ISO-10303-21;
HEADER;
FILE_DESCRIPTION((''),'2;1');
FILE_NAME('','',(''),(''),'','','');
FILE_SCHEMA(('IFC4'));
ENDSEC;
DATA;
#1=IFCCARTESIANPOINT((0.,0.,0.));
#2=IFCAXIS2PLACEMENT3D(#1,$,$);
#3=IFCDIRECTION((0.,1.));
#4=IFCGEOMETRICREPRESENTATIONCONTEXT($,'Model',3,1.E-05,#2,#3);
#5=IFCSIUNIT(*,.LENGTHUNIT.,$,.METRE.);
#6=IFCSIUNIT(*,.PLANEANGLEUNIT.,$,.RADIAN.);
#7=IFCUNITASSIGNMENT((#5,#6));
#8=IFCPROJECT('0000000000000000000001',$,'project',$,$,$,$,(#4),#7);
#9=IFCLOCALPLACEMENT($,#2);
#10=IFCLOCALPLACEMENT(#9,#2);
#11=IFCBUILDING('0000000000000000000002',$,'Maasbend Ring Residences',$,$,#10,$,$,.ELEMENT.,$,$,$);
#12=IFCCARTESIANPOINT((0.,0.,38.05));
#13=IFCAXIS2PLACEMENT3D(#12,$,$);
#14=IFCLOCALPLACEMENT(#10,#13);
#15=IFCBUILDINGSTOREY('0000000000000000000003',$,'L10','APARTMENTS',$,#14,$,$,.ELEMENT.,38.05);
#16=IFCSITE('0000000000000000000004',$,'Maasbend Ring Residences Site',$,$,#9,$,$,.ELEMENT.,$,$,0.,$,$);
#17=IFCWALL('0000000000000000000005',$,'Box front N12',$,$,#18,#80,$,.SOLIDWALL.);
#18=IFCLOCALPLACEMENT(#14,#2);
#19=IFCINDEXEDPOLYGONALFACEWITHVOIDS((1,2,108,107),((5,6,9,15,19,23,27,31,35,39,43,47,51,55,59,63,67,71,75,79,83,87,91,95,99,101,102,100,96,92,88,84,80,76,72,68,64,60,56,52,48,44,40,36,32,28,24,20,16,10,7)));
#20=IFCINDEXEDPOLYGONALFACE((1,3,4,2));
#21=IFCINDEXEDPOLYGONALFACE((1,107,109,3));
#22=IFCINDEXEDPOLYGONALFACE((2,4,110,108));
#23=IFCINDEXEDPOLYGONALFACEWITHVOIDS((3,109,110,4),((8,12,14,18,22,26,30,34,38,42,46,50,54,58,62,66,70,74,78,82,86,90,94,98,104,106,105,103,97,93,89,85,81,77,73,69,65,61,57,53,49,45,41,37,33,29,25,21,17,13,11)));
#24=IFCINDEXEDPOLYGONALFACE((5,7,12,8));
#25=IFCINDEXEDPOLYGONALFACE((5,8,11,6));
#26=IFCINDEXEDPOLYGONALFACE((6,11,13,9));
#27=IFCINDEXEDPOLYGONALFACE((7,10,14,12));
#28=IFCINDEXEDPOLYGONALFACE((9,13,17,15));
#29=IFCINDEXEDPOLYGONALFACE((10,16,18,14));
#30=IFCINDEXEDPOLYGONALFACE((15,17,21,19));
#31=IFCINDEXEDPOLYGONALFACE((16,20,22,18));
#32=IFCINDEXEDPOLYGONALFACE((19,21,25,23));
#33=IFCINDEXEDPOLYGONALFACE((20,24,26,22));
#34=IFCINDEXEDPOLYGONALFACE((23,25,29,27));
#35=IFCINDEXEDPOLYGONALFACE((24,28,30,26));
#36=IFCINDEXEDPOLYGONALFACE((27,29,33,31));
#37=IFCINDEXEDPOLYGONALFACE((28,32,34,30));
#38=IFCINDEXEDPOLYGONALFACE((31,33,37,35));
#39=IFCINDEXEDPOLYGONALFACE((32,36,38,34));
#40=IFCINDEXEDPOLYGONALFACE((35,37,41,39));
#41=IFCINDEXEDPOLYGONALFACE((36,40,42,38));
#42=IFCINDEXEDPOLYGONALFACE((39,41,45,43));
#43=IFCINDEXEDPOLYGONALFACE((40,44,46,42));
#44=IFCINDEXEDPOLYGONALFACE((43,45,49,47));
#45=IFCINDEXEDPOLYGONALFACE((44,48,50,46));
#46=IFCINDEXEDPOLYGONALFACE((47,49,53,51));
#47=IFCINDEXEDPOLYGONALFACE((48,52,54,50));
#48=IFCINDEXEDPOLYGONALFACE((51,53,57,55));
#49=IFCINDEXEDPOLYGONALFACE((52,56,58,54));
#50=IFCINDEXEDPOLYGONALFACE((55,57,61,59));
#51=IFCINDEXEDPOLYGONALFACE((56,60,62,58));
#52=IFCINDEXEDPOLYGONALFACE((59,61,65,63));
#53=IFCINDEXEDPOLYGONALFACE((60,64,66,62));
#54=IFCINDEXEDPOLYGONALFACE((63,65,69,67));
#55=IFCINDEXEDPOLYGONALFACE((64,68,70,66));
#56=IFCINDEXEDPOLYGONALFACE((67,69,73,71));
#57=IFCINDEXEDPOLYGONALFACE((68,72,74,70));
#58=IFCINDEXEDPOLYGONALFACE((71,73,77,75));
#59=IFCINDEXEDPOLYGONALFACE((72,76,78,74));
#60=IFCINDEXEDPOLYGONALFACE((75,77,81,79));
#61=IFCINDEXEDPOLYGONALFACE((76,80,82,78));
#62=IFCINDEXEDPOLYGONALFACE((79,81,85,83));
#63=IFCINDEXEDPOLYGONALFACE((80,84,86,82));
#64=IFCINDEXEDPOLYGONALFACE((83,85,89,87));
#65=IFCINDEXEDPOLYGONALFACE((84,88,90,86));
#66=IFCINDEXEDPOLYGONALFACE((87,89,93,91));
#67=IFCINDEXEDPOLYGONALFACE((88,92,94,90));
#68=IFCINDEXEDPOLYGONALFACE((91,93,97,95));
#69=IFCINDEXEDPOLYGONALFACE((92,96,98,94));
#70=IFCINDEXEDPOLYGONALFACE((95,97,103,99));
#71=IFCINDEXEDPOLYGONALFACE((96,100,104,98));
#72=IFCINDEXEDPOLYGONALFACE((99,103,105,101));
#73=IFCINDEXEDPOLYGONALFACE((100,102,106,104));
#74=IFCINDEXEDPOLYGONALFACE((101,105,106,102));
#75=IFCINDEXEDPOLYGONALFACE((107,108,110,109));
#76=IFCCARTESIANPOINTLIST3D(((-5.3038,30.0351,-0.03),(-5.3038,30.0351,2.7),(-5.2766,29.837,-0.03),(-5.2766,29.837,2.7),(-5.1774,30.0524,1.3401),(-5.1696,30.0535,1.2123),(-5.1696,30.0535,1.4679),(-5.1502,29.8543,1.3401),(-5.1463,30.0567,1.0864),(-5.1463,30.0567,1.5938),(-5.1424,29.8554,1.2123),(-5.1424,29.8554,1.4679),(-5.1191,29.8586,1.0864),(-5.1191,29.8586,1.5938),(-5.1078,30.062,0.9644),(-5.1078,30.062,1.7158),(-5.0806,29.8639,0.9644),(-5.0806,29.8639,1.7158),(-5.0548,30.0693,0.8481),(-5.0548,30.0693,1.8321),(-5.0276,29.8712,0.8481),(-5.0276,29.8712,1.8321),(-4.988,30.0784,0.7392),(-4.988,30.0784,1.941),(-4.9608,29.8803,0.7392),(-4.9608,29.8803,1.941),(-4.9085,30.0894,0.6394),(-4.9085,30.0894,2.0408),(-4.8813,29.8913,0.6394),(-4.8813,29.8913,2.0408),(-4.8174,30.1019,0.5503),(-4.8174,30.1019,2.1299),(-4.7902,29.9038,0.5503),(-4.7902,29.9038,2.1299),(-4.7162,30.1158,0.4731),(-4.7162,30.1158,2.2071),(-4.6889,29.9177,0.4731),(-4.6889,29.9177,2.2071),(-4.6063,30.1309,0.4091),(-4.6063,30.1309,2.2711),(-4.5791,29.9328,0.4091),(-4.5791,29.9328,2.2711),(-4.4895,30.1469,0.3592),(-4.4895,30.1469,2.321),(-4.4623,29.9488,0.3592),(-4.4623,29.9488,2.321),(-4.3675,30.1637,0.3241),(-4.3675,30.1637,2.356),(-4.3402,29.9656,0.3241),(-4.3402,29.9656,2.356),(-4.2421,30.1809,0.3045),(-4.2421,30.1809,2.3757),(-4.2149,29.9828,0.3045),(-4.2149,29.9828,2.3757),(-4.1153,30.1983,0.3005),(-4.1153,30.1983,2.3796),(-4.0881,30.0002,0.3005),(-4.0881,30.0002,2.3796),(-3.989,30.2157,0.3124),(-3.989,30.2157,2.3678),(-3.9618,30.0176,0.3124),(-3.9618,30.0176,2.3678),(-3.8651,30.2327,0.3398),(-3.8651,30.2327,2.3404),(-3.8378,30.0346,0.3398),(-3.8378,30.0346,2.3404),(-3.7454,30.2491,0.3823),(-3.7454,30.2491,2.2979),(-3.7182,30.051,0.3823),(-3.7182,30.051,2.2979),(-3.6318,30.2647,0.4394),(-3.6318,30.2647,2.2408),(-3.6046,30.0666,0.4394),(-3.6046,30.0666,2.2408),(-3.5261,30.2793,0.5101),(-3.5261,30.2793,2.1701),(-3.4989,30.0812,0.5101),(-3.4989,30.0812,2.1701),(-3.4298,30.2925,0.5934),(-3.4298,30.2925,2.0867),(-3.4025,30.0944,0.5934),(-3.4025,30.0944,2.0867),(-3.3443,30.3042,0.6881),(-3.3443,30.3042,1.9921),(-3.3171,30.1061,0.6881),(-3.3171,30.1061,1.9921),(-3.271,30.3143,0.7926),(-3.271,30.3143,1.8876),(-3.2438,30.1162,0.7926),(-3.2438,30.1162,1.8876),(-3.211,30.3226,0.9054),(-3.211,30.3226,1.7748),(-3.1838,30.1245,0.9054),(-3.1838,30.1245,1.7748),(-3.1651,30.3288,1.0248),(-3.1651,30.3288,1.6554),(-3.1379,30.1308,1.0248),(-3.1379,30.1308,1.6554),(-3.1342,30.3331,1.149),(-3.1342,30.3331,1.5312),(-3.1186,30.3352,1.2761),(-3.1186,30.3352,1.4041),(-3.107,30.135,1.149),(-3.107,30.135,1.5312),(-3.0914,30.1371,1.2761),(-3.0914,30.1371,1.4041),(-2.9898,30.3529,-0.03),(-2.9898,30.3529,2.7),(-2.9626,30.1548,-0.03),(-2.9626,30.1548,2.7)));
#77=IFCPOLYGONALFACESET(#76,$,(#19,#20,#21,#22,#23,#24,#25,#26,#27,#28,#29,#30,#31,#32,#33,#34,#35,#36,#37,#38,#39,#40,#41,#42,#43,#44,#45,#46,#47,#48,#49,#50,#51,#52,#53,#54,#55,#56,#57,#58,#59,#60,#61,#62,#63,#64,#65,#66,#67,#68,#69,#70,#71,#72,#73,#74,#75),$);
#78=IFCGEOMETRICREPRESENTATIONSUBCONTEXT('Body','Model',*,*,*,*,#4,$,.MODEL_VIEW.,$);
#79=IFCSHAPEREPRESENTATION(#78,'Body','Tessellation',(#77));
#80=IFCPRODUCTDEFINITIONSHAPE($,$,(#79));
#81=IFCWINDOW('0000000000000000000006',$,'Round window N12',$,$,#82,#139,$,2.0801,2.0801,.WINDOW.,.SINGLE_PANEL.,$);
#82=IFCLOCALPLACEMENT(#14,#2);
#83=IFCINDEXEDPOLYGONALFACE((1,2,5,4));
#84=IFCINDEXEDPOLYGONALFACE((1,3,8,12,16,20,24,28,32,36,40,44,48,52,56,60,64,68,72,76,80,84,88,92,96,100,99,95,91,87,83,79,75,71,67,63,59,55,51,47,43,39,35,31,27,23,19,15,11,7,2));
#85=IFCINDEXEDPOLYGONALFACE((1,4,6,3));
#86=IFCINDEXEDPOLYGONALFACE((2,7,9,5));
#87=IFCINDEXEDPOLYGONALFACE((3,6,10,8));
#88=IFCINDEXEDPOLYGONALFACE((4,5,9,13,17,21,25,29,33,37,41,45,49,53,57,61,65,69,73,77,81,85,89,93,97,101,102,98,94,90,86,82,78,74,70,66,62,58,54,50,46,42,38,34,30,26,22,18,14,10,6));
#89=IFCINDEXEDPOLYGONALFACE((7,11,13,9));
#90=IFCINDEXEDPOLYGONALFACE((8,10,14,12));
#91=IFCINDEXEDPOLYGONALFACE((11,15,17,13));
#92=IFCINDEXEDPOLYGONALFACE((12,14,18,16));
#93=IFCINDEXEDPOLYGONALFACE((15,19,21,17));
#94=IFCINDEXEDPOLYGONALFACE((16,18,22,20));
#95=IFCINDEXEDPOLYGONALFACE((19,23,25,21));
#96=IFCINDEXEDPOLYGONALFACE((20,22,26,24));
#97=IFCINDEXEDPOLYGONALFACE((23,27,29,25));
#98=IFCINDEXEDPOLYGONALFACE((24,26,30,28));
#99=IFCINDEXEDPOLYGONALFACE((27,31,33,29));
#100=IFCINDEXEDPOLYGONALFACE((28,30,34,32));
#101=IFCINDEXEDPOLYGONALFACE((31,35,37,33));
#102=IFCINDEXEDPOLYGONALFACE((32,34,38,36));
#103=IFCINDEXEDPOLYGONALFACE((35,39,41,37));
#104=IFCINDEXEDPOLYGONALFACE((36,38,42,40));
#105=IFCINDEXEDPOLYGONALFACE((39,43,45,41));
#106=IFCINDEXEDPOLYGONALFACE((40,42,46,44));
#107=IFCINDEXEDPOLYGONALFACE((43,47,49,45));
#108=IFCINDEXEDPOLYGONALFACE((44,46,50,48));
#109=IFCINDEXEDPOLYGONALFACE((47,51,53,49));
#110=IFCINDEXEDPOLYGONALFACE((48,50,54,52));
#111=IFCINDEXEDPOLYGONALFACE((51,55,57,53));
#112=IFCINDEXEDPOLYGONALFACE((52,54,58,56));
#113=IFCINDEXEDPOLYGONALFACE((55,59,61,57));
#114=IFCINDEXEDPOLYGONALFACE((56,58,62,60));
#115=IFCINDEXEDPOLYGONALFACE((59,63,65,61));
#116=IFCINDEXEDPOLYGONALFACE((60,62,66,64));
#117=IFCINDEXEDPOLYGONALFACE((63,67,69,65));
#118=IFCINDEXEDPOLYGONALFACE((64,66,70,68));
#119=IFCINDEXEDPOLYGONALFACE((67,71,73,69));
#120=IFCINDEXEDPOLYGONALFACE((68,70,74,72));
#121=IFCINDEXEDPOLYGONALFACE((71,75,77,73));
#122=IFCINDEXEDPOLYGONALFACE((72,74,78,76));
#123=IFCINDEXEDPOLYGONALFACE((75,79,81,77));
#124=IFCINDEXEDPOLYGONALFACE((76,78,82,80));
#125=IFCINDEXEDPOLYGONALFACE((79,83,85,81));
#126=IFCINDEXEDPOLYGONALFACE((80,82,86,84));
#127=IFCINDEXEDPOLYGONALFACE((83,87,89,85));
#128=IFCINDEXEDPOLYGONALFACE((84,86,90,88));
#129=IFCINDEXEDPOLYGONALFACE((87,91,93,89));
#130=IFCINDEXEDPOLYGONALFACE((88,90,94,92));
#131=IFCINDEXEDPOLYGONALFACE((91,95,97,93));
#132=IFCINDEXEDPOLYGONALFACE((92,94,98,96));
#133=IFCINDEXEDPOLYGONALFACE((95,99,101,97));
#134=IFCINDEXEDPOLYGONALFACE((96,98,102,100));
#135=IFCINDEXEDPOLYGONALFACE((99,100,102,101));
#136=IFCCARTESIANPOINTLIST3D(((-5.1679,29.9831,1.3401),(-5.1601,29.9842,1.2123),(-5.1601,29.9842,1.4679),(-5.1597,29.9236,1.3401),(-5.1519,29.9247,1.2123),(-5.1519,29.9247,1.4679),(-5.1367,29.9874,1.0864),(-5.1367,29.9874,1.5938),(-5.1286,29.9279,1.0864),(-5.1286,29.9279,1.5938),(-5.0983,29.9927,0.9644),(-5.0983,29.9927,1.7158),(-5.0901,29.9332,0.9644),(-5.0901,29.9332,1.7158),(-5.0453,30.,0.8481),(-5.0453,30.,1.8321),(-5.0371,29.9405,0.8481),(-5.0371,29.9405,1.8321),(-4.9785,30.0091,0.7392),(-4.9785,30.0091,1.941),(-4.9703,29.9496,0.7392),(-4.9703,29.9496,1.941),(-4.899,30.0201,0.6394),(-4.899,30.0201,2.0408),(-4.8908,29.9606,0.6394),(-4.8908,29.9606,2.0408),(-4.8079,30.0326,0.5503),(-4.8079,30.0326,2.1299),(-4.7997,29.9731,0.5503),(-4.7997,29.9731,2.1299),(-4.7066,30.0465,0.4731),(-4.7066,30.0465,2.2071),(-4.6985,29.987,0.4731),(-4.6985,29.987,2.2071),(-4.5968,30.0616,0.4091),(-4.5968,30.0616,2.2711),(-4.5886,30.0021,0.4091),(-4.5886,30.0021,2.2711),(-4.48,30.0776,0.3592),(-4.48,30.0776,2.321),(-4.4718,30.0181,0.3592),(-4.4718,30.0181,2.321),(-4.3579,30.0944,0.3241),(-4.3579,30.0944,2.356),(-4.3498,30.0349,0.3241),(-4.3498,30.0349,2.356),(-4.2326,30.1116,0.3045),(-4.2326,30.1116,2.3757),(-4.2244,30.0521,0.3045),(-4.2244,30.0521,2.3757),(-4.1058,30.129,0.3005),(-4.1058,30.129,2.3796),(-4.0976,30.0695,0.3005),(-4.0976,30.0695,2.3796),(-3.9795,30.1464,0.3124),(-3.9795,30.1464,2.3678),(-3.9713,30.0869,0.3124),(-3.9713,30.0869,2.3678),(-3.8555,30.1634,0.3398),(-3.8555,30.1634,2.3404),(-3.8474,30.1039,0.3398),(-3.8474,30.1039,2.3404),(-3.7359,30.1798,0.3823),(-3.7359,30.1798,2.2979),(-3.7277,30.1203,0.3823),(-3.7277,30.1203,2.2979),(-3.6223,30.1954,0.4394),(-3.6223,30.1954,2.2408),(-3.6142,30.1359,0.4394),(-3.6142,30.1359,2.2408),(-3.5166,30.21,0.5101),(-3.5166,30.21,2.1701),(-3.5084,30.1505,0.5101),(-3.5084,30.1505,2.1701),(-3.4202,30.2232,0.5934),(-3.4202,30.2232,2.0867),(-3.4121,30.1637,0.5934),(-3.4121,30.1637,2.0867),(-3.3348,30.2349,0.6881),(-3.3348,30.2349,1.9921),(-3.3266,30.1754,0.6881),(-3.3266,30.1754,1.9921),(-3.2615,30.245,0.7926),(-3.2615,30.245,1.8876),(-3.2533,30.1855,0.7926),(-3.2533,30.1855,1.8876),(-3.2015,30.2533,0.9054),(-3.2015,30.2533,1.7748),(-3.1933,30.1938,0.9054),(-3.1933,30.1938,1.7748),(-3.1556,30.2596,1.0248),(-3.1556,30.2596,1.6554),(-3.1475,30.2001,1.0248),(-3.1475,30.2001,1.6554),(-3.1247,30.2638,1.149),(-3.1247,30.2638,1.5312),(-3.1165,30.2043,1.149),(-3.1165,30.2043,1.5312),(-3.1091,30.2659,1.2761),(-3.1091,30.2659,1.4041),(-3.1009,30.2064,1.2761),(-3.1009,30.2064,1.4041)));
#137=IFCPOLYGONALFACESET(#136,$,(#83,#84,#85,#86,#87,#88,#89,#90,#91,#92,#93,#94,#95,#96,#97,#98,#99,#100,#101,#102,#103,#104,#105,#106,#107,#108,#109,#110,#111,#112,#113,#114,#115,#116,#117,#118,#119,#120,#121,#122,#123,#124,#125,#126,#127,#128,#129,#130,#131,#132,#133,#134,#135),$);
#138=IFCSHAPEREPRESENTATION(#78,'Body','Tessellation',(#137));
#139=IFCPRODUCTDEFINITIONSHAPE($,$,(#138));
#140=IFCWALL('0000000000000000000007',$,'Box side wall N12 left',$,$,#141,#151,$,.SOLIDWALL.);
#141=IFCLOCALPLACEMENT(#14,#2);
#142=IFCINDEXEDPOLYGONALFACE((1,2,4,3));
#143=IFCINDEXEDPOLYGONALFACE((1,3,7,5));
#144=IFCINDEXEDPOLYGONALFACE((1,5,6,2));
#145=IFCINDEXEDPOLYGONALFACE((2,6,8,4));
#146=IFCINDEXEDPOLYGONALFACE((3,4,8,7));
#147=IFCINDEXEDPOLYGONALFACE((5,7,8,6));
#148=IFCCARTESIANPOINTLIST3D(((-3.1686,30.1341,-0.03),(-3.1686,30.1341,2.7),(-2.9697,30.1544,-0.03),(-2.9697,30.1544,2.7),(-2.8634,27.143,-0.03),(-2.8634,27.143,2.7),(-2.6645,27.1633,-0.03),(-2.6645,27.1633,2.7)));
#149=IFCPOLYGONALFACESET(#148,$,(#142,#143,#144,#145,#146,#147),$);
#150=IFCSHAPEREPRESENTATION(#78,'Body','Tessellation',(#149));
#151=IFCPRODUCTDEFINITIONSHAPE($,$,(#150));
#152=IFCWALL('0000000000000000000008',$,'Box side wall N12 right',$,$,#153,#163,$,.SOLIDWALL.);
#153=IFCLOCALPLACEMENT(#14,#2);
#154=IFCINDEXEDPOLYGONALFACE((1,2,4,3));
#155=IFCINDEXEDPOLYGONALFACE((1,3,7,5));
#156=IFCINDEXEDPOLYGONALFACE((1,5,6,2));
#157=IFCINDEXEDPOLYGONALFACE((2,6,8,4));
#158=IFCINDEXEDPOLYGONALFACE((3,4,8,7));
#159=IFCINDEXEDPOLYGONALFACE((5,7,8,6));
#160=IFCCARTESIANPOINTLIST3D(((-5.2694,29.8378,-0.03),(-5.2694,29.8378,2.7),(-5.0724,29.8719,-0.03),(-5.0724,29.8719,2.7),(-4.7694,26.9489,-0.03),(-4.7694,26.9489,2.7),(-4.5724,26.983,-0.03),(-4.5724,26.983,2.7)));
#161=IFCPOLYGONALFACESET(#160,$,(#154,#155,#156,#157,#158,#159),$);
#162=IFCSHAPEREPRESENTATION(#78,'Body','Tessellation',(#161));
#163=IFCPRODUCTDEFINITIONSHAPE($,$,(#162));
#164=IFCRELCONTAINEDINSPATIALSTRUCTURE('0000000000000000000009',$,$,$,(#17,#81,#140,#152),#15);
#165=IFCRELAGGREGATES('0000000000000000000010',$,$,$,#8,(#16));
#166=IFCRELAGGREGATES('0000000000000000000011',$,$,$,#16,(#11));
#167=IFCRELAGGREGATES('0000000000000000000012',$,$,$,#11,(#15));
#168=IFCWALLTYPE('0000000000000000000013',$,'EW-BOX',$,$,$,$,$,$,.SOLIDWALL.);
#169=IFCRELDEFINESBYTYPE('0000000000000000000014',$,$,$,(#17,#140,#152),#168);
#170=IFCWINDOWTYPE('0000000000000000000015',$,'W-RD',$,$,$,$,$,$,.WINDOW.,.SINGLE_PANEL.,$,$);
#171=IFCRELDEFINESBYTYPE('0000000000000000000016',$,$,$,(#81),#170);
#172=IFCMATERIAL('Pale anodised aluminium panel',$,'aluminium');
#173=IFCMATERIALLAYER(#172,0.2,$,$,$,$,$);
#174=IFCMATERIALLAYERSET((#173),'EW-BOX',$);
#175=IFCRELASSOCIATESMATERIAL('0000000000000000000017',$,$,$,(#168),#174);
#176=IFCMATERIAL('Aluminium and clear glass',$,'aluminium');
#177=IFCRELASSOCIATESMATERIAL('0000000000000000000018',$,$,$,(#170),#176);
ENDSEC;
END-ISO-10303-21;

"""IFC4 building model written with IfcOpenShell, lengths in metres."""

from ifc_helpers import new_model, si_unit, direction, frame, frame_2d, origin, place, context, subcontext, project, spatial, rectangle, circle, extrude, material, layer, layer_set, type_object, element, fill, save


model = new_model("IFC4")

# Units and contexts
model_context = context("Model", 3, precision=1e-05, world=origin(), true_north=direction((0.0, 1.0)))
body_context = subcontext(model_context, "Body", "Model", "MODEL_VIEW")
ifc_project = project(units=[si_unit("LENGTHUNIT", "METRE"), si_unit("PLANEANGLEUNIT", "RADIAN")], contexts=[model_context])

# Site, building, storey
site_placement = place(None, origin())
site = spatial("IfcSite", under=ifc_project, at=site_placement, Name="Maasbend Ring Residences Site", CompositionType="ELEMENT", RefElevation=0.0)
building_placement = place(site_placement, origin())
building = spatial("IfcBuilding", under=site, at=building_placement, Name="Maasbend Ring Residences", CompositionType="ELEMENT")
storey_placement = place(building_placement, frame((0.0, 0.0, 38.05)))
storey = spatial("IfcBuildingStorey", under=building, at=storey_placement, Name="L10", Description="APARTMENTS", CompositionType="ELEMENT", Elevation=38.05)

# Wall, opening, window
ifc_material_1 = material(Name="Pale anodised aluminium panel", Category="aluminium")
ifc_layer_1 = layer(ifc_material_1, 0.2)
ifc_layer_set_1 = layer_set([ifc_layer_1], Name="EW-BOX")
wall_type_1 = type_object("IfcWallType", Name="EW-BOX", PredefinedType="SOLIDWALL", material=ifc_layer_set_1)
wall_1_placement = place(storey_placement, frame((-2.9761, 30.2539, -0.03), z_axis=(0.0, 0.0, 1.0), x_axis=(-0.990696, -0.136093, 0.0)))
wall_1 = element("IfcWall", 1, at=wall_1_placement, inside=storey, type_object=wall_type_1, Name="Box front N12", PredefinedType="SOLIDWALL", context=body_context, shape_type="SweptSolid", body=[
    extrude(rectangle(XDim=2.3357, YDim=0.2, at=frame_2d((1.168, 0.0))), origin(), (0.0, 0.0, 1.0), 2.73),
])
opening_1_placement = place(wall_1_placement, frame((0.1282, 0.0, 0.3301)))
opening_1 = element("IfcOpeningElement", 2, at=opening_1_placement, cuts=wall_1, PredefinedType="OPENING", context=body_context, shape_type="SweptSolid", body=[
    extrude(circle(Radius=1.04, at=frame_2d((1.04, 1.04))), frame((0.0, 0.1099, 0.0), z_axis=(0.0, -1.0, 0.0), x_axis=(1.0, 0.0, 0.0)), (0.0, 0.0, 1.0), 0.22),
])
ifc_material_2 = material(Name="Aluminium and clear glass", Category="aluminium")
window_type_1 = type_object("IfcWindowType", Name="W-RD", PartitioningType="SINGLE_PANEL", PredefinedType="WINDOW", material=ifc_material_2)
window_1_placement = place(opening_1_placement, origin())
window_1 = element("IfcWindow", 3, at=window_1_placement, inside=storey, type_object=window_type_1, Name="Round window N12", OverallHeight=2.0801, OverallWidth=2.0801, PartitioningType="SINGLE_PANEL", PredefinedType="WINDOW", context=body_context, shape_type="SweptSolid", body=[
    extrude(circle(Radius=1.04, at=frame_2d((1.04, 1.04))), frame((0.0, 0.03, 0.0), z_axis=(0.0, -1.0, 0.0), x_axis=(1.0, 0.0, 0.0)), (0.0, 0.0, 1.0), 0.0601),
])
fill(opening_1, window_1)

# Walls
wall_2_placement = place(storey_placement, frame((-2.7639, 27.1531, -0.03), z_axis=(0.0, 0.0, 1.0), x_axis=(-0.101505, 0.994835, 0.0)))
element("IfcWall", 4, at=wall_2_placement, inside=storey, type_object=wall_type_1, Name="Box side wall N12 left", PredefinedType="SOLIDWALL", context=body_context, shape_type="SweptSolid", body=[
    extrude(rectangle(XDim=3.0066, YDim=0.2, at=frame_2d((1.5034, 0.0))), origin(), (0.0, 0.0, 1.0), 2.73),
])
wall_3_placement = place(storey_placement, frame((-4.6709, 26.9661, -0.03), z_axis=(0.0, 0.0, 1.0), x_axis=(-0.17054, 0.985351, 0.0)))
element("IfcWall", 5, at=wall_3_placement, inside=storey, type_object=wall_type_1, Name="Box side wall N12 right", PredefinedType="SOLIDWALL", context=body_context, shape_type="SweptSolid", body=[
    extrude(rectangle(XDim=2.9319, YDim=0.2, at=frame_2d((1.4658, 0.0))), origin(), (0.0, 0.0, 1.0), 2.73),
])

save(model, "model.ifc")
